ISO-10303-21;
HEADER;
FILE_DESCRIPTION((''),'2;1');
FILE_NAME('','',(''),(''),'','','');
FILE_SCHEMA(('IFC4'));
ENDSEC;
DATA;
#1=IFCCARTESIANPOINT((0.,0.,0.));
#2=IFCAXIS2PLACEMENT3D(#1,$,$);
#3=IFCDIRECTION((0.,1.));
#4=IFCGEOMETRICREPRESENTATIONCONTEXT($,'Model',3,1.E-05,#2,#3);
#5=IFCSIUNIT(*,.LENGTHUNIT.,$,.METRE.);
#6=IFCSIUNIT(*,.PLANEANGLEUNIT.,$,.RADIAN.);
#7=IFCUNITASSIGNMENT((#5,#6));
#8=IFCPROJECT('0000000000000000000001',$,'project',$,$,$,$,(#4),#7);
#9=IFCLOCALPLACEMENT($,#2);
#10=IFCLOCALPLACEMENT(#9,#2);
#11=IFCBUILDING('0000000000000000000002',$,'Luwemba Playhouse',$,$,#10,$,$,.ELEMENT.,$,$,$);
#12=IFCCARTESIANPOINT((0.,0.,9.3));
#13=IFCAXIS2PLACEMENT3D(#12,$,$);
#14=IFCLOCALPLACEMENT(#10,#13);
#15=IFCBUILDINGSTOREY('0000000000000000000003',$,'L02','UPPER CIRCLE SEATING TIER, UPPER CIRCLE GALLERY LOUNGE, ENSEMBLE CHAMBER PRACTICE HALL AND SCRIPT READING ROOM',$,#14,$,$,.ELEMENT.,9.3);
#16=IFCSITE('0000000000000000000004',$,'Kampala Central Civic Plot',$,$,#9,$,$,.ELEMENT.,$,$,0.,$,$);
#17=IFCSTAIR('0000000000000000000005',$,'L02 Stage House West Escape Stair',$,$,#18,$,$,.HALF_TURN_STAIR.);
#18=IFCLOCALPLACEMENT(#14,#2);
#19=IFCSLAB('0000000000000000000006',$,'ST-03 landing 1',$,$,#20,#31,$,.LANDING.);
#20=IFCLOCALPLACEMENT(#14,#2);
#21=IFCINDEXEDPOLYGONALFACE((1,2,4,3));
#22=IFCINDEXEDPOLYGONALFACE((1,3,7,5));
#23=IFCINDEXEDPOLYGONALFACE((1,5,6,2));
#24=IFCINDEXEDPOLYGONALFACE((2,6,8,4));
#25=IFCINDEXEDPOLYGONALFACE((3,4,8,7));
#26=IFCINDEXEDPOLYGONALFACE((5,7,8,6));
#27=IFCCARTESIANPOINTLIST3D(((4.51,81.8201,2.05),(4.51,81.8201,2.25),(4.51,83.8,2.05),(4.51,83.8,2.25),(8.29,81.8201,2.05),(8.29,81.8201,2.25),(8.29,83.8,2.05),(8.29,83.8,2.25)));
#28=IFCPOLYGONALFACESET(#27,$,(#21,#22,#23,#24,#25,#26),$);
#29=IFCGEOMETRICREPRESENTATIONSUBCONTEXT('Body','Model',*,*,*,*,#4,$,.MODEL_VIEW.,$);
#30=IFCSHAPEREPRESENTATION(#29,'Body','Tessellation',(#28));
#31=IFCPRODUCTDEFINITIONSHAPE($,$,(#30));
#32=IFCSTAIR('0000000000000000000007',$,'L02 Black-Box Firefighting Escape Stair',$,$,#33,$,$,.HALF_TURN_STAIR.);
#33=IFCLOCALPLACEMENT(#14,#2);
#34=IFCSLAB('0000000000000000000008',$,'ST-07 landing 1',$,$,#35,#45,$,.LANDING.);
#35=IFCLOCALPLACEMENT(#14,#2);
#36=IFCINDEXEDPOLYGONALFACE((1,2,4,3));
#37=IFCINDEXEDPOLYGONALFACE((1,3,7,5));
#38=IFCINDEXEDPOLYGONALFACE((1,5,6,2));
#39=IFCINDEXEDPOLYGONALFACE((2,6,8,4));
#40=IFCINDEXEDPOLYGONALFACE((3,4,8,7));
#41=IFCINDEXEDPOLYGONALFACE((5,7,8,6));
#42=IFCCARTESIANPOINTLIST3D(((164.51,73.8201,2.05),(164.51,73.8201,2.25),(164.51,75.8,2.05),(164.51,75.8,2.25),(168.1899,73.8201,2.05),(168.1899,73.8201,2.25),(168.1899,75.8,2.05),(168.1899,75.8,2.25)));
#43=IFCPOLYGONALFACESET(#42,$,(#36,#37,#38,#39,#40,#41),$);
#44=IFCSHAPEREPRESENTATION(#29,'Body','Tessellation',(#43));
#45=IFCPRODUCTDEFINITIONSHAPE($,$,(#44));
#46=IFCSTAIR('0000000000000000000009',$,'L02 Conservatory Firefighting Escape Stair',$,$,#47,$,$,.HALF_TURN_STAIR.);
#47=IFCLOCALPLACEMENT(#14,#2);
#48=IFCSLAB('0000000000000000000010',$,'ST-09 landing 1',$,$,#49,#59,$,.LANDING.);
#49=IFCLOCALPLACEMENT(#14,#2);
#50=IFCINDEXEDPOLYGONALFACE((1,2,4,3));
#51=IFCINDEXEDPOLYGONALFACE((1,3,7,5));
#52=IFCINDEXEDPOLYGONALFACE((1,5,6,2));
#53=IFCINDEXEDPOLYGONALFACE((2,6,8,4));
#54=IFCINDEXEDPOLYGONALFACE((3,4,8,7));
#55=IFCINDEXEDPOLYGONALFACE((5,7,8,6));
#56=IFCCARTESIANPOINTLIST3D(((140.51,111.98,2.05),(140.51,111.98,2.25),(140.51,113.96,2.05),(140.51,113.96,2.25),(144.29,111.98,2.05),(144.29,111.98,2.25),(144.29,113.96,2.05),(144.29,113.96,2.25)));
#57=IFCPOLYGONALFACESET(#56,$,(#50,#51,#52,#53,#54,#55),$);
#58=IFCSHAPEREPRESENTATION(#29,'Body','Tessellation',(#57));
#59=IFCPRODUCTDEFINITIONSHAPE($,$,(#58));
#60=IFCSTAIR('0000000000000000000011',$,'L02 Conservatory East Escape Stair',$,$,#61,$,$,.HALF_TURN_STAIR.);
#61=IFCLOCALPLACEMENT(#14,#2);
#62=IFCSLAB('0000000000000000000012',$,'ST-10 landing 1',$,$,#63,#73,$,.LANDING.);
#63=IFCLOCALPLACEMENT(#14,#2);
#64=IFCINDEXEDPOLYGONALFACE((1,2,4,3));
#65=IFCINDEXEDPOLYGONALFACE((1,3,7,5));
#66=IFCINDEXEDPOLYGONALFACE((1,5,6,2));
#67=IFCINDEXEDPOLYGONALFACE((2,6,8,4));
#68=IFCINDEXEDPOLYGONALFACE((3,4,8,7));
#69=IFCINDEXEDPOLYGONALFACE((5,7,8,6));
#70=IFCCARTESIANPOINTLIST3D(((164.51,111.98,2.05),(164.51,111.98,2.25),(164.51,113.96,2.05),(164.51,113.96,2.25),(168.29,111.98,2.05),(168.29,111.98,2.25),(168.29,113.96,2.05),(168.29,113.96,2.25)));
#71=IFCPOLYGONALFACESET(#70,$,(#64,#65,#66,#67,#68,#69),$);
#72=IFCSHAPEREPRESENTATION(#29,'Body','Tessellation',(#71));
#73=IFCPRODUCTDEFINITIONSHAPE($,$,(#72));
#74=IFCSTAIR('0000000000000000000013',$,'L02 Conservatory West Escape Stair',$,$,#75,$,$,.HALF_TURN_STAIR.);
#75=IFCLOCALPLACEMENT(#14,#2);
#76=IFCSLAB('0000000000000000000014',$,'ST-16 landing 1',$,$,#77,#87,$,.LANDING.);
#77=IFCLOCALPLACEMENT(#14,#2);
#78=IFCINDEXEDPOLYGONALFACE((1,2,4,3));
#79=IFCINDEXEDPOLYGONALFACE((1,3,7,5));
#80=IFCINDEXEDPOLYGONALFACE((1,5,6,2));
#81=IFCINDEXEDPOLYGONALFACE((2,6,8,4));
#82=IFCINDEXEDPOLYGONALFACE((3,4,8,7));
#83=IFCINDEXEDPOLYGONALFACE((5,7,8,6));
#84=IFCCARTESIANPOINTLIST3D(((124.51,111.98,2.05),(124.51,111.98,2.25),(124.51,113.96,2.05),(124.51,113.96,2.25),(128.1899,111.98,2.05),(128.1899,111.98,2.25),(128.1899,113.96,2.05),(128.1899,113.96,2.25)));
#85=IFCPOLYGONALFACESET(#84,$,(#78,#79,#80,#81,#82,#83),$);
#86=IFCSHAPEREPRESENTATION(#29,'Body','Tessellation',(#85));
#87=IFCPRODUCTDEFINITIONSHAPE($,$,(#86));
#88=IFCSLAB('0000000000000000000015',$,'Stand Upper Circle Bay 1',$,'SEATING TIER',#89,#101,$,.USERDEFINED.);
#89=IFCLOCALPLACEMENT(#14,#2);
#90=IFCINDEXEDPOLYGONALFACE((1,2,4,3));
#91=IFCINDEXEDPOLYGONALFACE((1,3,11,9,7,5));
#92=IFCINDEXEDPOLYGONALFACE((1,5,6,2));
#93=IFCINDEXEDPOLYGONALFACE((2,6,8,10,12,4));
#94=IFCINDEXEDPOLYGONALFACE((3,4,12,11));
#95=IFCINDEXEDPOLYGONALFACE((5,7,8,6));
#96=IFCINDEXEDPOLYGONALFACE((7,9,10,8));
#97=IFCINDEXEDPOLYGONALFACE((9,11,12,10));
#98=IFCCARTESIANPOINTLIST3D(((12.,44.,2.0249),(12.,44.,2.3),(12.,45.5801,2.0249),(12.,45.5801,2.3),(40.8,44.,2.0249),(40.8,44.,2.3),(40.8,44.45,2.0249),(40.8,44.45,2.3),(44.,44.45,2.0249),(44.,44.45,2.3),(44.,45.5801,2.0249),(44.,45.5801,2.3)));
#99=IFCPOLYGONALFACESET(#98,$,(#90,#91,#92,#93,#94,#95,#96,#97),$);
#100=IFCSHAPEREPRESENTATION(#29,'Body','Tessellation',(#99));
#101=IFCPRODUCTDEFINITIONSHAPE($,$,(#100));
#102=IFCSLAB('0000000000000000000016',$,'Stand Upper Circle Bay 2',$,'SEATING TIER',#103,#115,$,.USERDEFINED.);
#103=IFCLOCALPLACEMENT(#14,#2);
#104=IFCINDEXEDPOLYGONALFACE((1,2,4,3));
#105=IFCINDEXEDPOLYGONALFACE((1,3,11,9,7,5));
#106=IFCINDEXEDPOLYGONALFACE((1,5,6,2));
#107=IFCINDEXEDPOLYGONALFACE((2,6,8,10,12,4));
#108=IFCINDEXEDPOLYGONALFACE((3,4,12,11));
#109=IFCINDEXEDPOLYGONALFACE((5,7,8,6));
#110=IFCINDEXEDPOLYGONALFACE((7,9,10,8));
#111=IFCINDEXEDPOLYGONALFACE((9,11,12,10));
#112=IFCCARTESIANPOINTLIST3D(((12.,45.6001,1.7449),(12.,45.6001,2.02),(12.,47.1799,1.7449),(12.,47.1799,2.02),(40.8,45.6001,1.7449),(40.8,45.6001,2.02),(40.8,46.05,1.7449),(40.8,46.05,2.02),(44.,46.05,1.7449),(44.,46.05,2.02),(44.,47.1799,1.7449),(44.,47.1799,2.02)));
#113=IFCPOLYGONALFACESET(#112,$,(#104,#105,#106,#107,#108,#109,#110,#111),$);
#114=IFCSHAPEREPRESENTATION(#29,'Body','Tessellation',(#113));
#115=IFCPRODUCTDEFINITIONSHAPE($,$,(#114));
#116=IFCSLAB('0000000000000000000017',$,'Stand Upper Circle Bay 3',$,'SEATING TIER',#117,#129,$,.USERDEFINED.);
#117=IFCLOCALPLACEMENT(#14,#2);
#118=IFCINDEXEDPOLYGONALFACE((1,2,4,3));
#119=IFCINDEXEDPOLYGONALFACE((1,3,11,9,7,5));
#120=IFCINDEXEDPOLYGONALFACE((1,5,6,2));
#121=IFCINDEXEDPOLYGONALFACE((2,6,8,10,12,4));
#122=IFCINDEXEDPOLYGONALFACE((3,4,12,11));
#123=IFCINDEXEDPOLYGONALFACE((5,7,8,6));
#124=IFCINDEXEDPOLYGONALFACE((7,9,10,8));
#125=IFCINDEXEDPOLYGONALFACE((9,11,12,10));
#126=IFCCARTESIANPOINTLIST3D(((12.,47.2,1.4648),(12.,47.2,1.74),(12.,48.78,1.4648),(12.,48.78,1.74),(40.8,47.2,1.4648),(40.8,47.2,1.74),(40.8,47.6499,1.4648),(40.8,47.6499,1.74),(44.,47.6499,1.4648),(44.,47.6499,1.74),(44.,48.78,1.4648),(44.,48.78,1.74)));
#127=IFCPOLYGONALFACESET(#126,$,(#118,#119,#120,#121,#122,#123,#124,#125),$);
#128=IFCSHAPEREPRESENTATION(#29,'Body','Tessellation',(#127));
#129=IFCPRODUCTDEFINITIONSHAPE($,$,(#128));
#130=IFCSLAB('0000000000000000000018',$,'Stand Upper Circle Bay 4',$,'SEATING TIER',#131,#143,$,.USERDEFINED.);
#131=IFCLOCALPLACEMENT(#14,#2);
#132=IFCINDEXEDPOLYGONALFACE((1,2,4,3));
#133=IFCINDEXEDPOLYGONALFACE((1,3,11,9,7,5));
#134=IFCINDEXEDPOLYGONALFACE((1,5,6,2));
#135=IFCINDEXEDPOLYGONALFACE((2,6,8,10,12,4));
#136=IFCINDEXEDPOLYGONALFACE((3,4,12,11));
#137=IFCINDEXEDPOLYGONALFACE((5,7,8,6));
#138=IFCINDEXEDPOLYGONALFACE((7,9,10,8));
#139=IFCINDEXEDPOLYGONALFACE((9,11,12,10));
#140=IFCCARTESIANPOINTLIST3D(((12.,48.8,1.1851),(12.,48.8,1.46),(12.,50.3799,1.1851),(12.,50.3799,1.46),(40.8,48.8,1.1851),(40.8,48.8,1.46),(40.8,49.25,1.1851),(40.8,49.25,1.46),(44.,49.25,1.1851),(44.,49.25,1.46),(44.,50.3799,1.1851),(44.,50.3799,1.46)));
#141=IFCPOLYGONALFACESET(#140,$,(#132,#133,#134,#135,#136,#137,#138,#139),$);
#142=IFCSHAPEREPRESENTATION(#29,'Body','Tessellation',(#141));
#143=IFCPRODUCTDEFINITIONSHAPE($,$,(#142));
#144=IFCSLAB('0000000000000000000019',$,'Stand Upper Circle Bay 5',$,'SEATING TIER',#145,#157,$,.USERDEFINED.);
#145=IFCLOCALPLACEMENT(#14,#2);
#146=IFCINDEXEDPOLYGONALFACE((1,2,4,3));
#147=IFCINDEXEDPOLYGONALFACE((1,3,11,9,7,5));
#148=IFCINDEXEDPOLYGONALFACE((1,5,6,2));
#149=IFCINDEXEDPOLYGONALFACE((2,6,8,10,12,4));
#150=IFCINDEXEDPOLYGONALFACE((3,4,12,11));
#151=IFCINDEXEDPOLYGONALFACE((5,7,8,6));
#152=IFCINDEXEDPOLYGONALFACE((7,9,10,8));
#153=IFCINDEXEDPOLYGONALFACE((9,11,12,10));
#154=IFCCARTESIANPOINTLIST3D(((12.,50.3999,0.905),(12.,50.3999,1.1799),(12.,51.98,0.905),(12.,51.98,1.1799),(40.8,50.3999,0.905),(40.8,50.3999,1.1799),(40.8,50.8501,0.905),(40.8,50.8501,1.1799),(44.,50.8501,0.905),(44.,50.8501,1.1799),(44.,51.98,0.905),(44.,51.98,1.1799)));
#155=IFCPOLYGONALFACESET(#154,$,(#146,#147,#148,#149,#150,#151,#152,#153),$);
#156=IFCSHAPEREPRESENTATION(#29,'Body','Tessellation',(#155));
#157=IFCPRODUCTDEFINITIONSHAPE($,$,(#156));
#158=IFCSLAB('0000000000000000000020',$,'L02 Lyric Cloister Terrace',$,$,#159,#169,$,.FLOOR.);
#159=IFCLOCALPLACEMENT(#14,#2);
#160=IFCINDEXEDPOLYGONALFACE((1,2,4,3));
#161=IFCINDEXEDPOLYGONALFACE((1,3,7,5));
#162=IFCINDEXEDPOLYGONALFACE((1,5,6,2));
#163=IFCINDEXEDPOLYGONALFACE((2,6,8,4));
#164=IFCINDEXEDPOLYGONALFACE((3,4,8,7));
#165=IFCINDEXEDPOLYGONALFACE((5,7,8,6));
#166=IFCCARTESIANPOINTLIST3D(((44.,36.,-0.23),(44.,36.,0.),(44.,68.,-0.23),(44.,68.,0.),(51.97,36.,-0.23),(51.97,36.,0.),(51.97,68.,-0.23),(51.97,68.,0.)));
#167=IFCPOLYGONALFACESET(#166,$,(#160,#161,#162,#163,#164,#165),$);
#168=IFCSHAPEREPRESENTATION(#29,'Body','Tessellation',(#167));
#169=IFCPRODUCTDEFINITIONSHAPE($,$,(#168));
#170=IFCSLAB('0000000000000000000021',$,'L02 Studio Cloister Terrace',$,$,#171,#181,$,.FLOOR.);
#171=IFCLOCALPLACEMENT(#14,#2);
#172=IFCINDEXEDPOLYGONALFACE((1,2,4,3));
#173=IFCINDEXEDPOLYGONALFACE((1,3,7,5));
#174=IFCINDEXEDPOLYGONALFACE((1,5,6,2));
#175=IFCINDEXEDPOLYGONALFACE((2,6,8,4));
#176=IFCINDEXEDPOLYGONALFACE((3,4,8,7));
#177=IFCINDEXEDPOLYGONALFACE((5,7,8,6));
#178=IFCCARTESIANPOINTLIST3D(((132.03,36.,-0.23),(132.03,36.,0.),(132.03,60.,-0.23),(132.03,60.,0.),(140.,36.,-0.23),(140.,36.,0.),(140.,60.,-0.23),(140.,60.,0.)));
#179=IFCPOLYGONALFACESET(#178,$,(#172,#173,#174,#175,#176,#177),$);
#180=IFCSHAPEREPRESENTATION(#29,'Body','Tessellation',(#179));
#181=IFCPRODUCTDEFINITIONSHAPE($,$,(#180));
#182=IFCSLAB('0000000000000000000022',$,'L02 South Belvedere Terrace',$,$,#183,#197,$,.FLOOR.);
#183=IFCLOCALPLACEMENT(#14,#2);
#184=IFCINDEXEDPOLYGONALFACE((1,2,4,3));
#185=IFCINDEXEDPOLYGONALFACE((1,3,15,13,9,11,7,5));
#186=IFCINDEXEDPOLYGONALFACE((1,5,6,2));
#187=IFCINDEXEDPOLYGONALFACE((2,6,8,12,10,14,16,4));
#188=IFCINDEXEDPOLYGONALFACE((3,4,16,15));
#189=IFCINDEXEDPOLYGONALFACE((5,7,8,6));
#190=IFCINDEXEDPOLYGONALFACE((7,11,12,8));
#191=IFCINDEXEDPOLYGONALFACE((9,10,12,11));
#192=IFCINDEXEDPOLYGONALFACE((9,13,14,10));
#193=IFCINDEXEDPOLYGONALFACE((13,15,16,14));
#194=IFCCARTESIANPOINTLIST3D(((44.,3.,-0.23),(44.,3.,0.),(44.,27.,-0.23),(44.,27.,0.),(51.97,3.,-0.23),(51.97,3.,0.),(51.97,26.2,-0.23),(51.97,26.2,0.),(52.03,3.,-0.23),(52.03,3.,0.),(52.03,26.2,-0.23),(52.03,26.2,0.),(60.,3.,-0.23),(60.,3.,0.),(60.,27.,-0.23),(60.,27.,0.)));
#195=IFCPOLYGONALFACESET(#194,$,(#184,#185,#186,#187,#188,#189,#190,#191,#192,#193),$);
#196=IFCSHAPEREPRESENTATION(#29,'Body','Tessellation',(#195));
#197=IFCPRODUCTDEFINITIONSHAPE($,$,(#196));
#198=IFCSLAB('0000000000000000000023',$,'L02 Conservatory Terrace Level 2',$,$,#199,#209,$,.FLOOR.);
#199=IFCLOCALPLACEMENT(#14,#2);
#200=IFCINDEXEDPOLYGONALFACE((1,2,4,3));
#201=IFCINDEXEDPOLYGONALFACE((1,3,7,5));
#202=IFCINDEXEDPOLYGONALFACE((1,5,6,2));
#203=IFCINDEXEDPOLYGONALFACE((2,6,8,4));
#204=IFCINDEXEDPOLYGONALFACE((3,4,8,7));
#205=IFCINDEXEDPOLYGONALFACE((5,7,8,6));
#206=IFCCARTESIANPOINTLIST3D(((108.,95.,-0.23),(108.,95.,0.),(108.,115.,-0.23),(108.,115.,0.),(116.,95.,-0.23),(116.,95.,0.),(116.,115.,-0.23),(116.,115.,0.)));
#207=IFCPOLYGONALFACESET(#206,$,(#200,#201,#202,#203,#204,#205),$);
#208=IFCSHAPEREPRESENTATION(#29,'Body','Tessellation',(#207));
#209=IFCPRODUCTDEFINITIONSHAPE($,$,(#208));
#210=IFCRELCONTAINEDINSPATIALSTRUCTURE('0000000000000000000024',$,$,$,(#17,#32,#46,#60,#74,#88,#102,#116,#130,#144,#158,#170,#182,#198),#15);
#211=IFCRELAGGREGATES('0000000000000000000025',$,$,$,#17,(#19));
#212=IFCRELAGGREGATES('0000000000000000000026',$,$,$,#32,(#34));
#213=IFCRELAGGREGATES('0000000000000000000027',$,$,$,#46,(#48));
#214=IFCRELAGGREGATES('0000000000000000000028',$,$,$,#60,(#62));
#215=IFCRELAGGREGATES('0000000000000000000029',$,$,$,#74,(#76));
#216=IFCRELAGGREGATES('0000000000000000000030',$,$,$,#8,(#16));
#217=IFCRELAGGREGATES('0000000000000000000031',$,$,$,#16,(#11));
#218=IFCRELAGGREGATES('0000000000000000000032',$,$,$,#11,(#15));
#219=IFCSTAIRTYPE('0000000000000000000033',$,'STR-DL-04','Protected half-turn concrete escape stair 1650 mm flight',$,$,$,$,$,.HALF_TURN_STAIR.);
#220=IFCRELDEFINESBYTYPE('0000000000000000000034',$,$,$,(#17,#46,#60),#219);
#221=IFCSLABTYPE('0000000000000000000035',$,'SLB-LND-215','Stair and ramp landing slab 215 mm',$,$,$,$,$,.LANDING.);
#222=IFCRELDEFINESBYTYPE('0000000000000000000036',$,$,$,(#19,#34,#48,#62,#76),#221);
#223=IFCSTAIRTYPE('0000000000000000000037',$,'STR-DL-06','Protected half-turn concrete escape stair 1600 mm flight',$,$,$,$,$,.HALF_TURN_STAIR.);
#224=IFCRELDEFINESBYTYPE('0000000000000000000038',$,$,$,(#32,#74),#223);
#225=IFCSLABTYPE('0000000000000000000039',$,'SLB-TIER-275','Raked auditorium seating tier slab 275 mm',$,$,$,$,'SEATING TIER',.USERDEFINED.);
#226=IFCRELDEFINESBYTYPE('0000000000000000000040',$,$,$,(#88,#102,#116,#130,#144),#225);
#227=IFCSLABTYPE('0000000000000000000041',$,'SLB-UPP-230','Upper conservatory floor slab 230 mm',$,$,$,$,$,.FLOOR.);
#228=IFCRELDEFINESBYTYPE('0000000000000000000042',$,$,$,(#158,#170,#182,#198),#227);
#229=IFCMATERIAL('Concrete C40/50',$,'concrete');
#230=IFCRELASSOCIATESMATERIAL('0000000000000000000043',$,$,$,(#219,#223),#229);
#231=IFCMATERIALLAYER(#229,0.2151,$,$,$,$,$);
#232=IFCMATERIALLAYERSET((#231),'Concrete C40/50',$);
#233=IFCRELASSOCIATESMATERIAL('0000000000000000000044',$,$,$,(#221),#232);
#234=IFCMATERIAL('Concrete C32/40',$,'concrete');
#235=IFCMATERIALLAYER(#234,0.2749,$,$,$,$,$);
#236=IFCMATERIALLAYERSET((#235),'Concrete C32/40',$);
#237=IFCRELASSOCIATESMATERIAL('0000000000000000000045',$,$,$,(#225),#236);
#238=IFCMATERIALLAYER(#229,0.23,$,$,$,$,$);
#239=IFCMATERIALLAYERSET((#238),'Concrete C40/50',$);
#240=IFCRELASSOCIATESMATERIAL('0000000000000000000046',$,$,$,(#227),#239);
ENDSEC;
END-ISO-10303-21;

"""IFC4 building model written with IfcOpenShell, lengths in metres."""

from ifc_helpers import new_model, si_unit, direction, frame, origin, place, context, subcontext, project, spatial, polyline, outline, extrude, material, layer, layer_set, type_object, element, aggregate, save


model = new_model("IFC4")

# Units and contexts
model_context = context("Model", 3, precision=1e-05, world=origin(), true_north=direction((0.0, 1.0)))
body_context = subcontext(model_context, "Body", "Model", "MODEL_VIEW")
ifc_project = project(units=[si_unit("LENGTHUNIT", "METRE"), si_unit("PLANEANGLEUNIT", "RADIAN")], contexts=[model_context])

# Site, building, storey
site_placement = place(None, origin())
site = spatial("IfcSite", under=ifc_project, at=site_placement, Name="Kampala Central Civic Plot", CompositionType="ELEMENT", RefElevation=0.0)
building_placement = place(site_placement, origin())
building = spatial("IfcBuilding", under=site, at=building_placement, Name="Luwemba Playhouse", CompositionType="ELEMENT")
storey_placement = place(building_placement, frame((0.0, 0.0, 9.3)))
storey = spatial("IfcBuildingStorey", under=building, at=storey_placement, Name="L02", Description="UPPER CIRCLE SEATING TIER, UPPER CIRCLE GALLERY LOUNGE, ENSEMBLE CHAMBER PRACTICE HALL AND SCRIPT READING ROOM", CompositionType="ELEMENT", Elevation=9.3)

# Shared definitions
ifc_material_1 = material(Name="Concrete C40/50", Category="concrete")

# Stairs, slabs
stair_type_1 = type_object("IfcStairType", Name="STR-DL-04", Description="Protected half-turn concrete escape stair 1650 mm flight", PredefinedType="HALF_TURN_STAIR", material=ifc_material_1)
stair_1_placement = place(storey_placement, origin())
stair_1 = element("IfcStair", 1, at=stair_1_placement, inside=storey, type_object=stair_type_1, Name="L02 Stage House West Escape Stair", PredefinedType="HALF_TURN_STAIR")
ifc_layer_1 = layer(ifc_material_1, 0.2151)
ifc_layer_set_1 = layer_set([ifc_layer_1], Name="Concrete C40/50")
slab_type_1 = type_object("IfcSlabType", Name="SLB-LND-215", Description="Stair and ramp landing slab 215 mm", PredefinedType="LANDING", material=ifc_layer_set_1)
slab_1_placement = place(storey_placement, frame((0.0, 0.0, 2.05)))
slab_1 = element("IfcSlab", 2, at=slab_1_placement, type_object=slab_type_1, Name="ST-03 landing 1", PredefinedType="LANDING", context=body_context, shape_type="SweptSolid", body=[
    extrude(outline(polyline([(8.29, 81.8201), (4.51, 81.8201), (4.51, 83.8), (8.29, 83.8), (8.29, 81.8201)])), origin(), (0.0, 0.0, 1.0), 0.2),
])
aggregate(stair_1, [slab_1])
stair_type_2 = type_object("IfcStairType", Name="STR-DL-06", Description="Protected half-turn concrete escape stair 1600 mm flight", PredefinedType="HALF_TURN_STAIR", material=ifc_material_1)
stair_2_placement = place(storey_placement, origin())
stair_2 = element("IfcStair", 3, at=stair_2_placement, inside=storey, type_object=stair_type_2, Name="L02 Black-Box Firefighting Escape Stair", PredefinedType="HALF_TURN_STAIR")
slab_2_placement = place(storey_placement, frame((0.0, 0.0, 2.05)))
slab_2 = element("IfcSlab", 4, at=slab_2_placement, type_object=slab_type_1, Name="ST-07 landing 1", PredefinedType="LANDING", context=body_context, shape_type="SweptSolid", body=[
    extrude(outline(polyline([(168.1899, 73.8201), (164.51, 73.8201), (164.51, 75.8), (168.1899, 75.8), (168.1899, 73.8201)])), origin(), (0.0, 0.0, 1.0), 0.2),
])
aggregate(stair_2, [slab_2])
stair_3_placement = place(storey_placement, origin())
stair_3 = element("IfcStair", 5, at=stair_3_placement, inside=storey, type_object=stair_type_1, Name="L02 Conservatory Firefighting Escape Stair", PredefinedType="HALF_TURN_STAIR")
slab_3_placement = place(storey_placement, frame((0.0, 0.0, 2.05)))
slab_3 = element("IfcSlab", 6, at=slab_3_placement, type_object=slab_type_1, Name="ST-09 landing 1", PredefinedType="LANDING", context=body_context, shape_type="SweptSolid", body=[
    extrude(outline(polyline([(144.29, 111.98), (140.51, 111.98), (140.51, 113.96), (144.29, 113.96), (144.29, 111.98)])), origin(), (0.0, 0.0, 1.0), 0.2),
])
aggregate(stair_3, [slab_3])
stair_4_placement = place(storey_placement, origin())
stair_4 = element("IfcStair", 7, at=stair_4_placement, inside=storey, type_object=stair_type_1, Name="L02 Conservatory East Escape Stair", PredefinedType="HALF_TURN_STAIR")
slab_4_placement = place(storey_placement, frame((0.0, 0.0, 2.05)))
slab_4 = element("IfcSlab", 8, at=slab_4_placement, type_object=slab_type_1, Name="ST-10 landing 1", PredefinedType="LANDING", context=body_context, shape_type="SweptSolid", body=[
    extrude(outline(polyline([(168.29, 111.98), (164.51, 111.98), (164.51, 113.96), (168.29, 113.96), (168.29, 111.98)])), origin(), (0.0, 0.0, 1.0), 0.2),
])
aggregate(stair_4, [slab_4])
stair_5_placement = place(storey_placement, origin())
stair_5 = element("IfcStair", 9, at=stair_5_placement, inside=storey, type_object=stair_type_2, Name="L02 Conservatory West Escape Stair", PredefinedType="HALF_TURN_STAIR")
slab_5_placement = place(storey_placement, frame((0.0, 0.0, 2.05)))
slab_5 = element("IfcSlab", 10, at=slab_5_placement, type_object=slab_type_1, Name="ST-16 landing 1", PredefinedType="LANDING", context=body_context, shape_type="SweptSolid", body=[
    extrude(outline(polyline([(128.1899, 111.98), (124.51, 111.98), (124.51, 113.96), (128.1899, 113.96), (128.1899, 111.98)])), origin(), (0.0, 0.0, 1.0), 0.2),
])
aggregate(stair_5, [slab_5])

# Slabs
ifc_material_2 = material(Name="Concrete C32/40", Category="concrete")
ifc_layer_2 = layer(ifc_material_2, 0.2749)
ifc_layer_set_2 = layer_set([ifc_layer_2], Name="Concrete C32/40")
slab_type_2 = type_object("IfcSlabType", Name="SLB-TIER-275", Description="Raked auditorium seating tier slab 275 mm", ElementType="SEATING TIER", PredefinedType="USERDEFINED", material=ifc_layer_set_2)
slab_6_placement = place(storey_placement, frame((0.0, 0.0, 2.0249)))
element("IfcSlab", 11, at=slab_6_placement, inside=storey, type_object=slab_type_2, Name="Stand Upper Circle Bay 1", ObjectType="SEATING TIER", PredefinedType="USERDEFINED", context=body_context, shape_type="SweptSolid", body=[
    extrude(outline(polyline([(12.0, 44.0), (40.8, 44.0), (40.8, 44.45), (44.0, 44.45), (44.0, 45.5801), (12.0, 45.5801), (12.0, 44.0)])), origin(), (0.0, 0.0, 1.0), 0.2751),
])
slab_7_placement = place(storey_placement, frame((0.0, 0.0, 1.7449)))
element("IfcSlab", 12, at=slab_7_placement, inside=storey, type_object=slab_type_2, Name="Stand Upper Circle Bay 2", ObjectType="SEATING TIER", PredefinedType="USERDEFINED", context=body_context, shape_type="SweptSolid", body=[
    extrude(outline(polyline([(12.0, 45.6001), (40.8, 45.6001), (40.8, 46.05), (44.0, 46.05), (44.0, 47.1799), (12.0, 47.1799), (12.0, 45.6001)])), origin(), (0.0, 0.0, 1.0), 0.2751),
])
slab_8_placement = place(storey_placement, frame((0.0, 0.0, 1.4648)))
element("IfcSlab", 13, at=slab_8_placement, inside=storey, type_object=slab_type_2, Name="Stand Upper Circle Bay 3", ObjectType="SEATING TIER", PredefinedType="USERDEFINED", context=body_context, shape_type="SweptSolid", body=[
    extrude(outline(polyline([(12.0, 47.2), (40.8, 47.2), (40.8, 47.6499), (44.0, 47.6499), (44.0, 48.78), (12.0, 48.78), (12.0, 47.2)])), origin(), (0.0, 0.0, 1.0), 0.2751),
])
slab_9_placement = place(storey_placement, frame((0.0, 0.0, 1.1851)))
element("IfcSlab", 14, at=slab_9_placement, inside=storey, type_object=slab_type_2, Name="Stand Upper Circle Bay 4", ObjectType="SEATING TIER", PredefinedType="USERDEFINED", context=body_context, shape_type="SweptSolid", body=[
    extrude(outline(polyline([(12.0, 48.8), (40.8, 48.8), (40.8, 49.25), (44.0, 49.25), (44.0, 50.3799), (12.0, 50.3799), (12.0, 48.8)])), origin(), (0.0, 0.0, 1.0), 0.2749),
])
slab_10_placement = place(storey_placement, frame((0.0, 0.0, 0.905)))
element("IfcSlab", 15, at=slab_10_placement, inside=storey, type_object=slab_type_2, Name="Stand Upper Circle Bay 5", ObjectType="SEATING TIER", PredefinedType="USERDEFINED", context=body_context, shape_type="SweptSolid", body=[
    extrude(outline(polyline([(12.0, 50.3999), (40.8, 50.3999), (40.8, 50.8501), (44.0, 50.8501), (44.0, 51.98), (12.0, 51.98), (12.0, 50.3999)])), origin(), (0.0, 0.0, 1.0), 0.2749),
])
ifc_layer_3 = layer(ifc_material_1, 0.23)
ifc_layer_set_3 = layer_set([ifc_layer_3], Name="Concrete C40/50")
slab_type_3 = type_object("IfcSlabType", Name="SLB-UPP-230", Description="Upper conservatory floor slab 230 mm", PredefinedType="FLOOR", material=ifc_layer_set_3)
slab_11_placement = place(storey_placement, frame((0.0, 0.0, -0.23)))
element("IfcSlab", 16, at=slab_11_placement, inside=storey, type_object=slab_type_3, Name="L02 Lyric Cloister Terrace", PredefinedType="FLOOR", context=body_context, shape_type="SweptSolid", body=[
    extrude(outline(polyline([(44.0, 36.0), (51.97, 36.0), (51.97, 68.0), (44.0, 68.0), (44.0, 36.0)])), origin(), (0.0, 0.0, 1.0), 0.23),
])
slab_12_placement = place(storey_placement, frame((0.0, 0.0, -0.23)))
element("IfcSlab", 17, at=slab_12_placement, inside=storey, type_object=slab_type_3, Name="L02 Studio Cloister Terrace", PredefinedType="FLOOR", context=body_context, shape_type="SweptSolid", body=[
    extrude(outline(polyline([(132.03, 36.0), (140.0, 36.0), (140.0, 60.0), (132.03, 60.0), (132.03, 36.0)])), origin(), (0.0, 0.0, 1.0), 0.23),
])
slab_13_placement = place(storey_placement, frame((0.0, 0.0, -0.23)))
element("IfcSlab", 18, at=slab_13_placement, inside=storey, type_object=slab_type_3, Name="L02 South Belvedere Terrace", PredefinedType="FLOOR", context=body_context, shape_type="SweptSolid", body=[
    extrude(outline(polyline([(44.0, 3.0), (51.97, 3.0), (51.97, 26.2), (52.03, 26.2), (52.03, 3.0), (60.0, 3.0), (60.0, 27.0), (44.0, 27.0), (44.0, 3.0)])), origin(), (0.0, 0.0, 1.0), 0.23),
])
slab_14_placement = place(storey_placement, frame((0.0, 0.0, -0.23)))
element("IfcSlab", 19, at=slab_14_placement, inside=storey, type_object=slab_type_3, Name="L02 Conservatory Terrace Level 2", PredefinedType="FLOOR", context=body_context, shape_type="SweptSolid", body=[
    extrude(outline(polyline([(108.0, 95.0), (116.0, 95.0), (116.0, 115.0), (108.0, 115.0), (108.0, 95.0)])), origin(), (0.0, 0.0, 1.0), 0.23),
])

save(model, "model.ifc")
